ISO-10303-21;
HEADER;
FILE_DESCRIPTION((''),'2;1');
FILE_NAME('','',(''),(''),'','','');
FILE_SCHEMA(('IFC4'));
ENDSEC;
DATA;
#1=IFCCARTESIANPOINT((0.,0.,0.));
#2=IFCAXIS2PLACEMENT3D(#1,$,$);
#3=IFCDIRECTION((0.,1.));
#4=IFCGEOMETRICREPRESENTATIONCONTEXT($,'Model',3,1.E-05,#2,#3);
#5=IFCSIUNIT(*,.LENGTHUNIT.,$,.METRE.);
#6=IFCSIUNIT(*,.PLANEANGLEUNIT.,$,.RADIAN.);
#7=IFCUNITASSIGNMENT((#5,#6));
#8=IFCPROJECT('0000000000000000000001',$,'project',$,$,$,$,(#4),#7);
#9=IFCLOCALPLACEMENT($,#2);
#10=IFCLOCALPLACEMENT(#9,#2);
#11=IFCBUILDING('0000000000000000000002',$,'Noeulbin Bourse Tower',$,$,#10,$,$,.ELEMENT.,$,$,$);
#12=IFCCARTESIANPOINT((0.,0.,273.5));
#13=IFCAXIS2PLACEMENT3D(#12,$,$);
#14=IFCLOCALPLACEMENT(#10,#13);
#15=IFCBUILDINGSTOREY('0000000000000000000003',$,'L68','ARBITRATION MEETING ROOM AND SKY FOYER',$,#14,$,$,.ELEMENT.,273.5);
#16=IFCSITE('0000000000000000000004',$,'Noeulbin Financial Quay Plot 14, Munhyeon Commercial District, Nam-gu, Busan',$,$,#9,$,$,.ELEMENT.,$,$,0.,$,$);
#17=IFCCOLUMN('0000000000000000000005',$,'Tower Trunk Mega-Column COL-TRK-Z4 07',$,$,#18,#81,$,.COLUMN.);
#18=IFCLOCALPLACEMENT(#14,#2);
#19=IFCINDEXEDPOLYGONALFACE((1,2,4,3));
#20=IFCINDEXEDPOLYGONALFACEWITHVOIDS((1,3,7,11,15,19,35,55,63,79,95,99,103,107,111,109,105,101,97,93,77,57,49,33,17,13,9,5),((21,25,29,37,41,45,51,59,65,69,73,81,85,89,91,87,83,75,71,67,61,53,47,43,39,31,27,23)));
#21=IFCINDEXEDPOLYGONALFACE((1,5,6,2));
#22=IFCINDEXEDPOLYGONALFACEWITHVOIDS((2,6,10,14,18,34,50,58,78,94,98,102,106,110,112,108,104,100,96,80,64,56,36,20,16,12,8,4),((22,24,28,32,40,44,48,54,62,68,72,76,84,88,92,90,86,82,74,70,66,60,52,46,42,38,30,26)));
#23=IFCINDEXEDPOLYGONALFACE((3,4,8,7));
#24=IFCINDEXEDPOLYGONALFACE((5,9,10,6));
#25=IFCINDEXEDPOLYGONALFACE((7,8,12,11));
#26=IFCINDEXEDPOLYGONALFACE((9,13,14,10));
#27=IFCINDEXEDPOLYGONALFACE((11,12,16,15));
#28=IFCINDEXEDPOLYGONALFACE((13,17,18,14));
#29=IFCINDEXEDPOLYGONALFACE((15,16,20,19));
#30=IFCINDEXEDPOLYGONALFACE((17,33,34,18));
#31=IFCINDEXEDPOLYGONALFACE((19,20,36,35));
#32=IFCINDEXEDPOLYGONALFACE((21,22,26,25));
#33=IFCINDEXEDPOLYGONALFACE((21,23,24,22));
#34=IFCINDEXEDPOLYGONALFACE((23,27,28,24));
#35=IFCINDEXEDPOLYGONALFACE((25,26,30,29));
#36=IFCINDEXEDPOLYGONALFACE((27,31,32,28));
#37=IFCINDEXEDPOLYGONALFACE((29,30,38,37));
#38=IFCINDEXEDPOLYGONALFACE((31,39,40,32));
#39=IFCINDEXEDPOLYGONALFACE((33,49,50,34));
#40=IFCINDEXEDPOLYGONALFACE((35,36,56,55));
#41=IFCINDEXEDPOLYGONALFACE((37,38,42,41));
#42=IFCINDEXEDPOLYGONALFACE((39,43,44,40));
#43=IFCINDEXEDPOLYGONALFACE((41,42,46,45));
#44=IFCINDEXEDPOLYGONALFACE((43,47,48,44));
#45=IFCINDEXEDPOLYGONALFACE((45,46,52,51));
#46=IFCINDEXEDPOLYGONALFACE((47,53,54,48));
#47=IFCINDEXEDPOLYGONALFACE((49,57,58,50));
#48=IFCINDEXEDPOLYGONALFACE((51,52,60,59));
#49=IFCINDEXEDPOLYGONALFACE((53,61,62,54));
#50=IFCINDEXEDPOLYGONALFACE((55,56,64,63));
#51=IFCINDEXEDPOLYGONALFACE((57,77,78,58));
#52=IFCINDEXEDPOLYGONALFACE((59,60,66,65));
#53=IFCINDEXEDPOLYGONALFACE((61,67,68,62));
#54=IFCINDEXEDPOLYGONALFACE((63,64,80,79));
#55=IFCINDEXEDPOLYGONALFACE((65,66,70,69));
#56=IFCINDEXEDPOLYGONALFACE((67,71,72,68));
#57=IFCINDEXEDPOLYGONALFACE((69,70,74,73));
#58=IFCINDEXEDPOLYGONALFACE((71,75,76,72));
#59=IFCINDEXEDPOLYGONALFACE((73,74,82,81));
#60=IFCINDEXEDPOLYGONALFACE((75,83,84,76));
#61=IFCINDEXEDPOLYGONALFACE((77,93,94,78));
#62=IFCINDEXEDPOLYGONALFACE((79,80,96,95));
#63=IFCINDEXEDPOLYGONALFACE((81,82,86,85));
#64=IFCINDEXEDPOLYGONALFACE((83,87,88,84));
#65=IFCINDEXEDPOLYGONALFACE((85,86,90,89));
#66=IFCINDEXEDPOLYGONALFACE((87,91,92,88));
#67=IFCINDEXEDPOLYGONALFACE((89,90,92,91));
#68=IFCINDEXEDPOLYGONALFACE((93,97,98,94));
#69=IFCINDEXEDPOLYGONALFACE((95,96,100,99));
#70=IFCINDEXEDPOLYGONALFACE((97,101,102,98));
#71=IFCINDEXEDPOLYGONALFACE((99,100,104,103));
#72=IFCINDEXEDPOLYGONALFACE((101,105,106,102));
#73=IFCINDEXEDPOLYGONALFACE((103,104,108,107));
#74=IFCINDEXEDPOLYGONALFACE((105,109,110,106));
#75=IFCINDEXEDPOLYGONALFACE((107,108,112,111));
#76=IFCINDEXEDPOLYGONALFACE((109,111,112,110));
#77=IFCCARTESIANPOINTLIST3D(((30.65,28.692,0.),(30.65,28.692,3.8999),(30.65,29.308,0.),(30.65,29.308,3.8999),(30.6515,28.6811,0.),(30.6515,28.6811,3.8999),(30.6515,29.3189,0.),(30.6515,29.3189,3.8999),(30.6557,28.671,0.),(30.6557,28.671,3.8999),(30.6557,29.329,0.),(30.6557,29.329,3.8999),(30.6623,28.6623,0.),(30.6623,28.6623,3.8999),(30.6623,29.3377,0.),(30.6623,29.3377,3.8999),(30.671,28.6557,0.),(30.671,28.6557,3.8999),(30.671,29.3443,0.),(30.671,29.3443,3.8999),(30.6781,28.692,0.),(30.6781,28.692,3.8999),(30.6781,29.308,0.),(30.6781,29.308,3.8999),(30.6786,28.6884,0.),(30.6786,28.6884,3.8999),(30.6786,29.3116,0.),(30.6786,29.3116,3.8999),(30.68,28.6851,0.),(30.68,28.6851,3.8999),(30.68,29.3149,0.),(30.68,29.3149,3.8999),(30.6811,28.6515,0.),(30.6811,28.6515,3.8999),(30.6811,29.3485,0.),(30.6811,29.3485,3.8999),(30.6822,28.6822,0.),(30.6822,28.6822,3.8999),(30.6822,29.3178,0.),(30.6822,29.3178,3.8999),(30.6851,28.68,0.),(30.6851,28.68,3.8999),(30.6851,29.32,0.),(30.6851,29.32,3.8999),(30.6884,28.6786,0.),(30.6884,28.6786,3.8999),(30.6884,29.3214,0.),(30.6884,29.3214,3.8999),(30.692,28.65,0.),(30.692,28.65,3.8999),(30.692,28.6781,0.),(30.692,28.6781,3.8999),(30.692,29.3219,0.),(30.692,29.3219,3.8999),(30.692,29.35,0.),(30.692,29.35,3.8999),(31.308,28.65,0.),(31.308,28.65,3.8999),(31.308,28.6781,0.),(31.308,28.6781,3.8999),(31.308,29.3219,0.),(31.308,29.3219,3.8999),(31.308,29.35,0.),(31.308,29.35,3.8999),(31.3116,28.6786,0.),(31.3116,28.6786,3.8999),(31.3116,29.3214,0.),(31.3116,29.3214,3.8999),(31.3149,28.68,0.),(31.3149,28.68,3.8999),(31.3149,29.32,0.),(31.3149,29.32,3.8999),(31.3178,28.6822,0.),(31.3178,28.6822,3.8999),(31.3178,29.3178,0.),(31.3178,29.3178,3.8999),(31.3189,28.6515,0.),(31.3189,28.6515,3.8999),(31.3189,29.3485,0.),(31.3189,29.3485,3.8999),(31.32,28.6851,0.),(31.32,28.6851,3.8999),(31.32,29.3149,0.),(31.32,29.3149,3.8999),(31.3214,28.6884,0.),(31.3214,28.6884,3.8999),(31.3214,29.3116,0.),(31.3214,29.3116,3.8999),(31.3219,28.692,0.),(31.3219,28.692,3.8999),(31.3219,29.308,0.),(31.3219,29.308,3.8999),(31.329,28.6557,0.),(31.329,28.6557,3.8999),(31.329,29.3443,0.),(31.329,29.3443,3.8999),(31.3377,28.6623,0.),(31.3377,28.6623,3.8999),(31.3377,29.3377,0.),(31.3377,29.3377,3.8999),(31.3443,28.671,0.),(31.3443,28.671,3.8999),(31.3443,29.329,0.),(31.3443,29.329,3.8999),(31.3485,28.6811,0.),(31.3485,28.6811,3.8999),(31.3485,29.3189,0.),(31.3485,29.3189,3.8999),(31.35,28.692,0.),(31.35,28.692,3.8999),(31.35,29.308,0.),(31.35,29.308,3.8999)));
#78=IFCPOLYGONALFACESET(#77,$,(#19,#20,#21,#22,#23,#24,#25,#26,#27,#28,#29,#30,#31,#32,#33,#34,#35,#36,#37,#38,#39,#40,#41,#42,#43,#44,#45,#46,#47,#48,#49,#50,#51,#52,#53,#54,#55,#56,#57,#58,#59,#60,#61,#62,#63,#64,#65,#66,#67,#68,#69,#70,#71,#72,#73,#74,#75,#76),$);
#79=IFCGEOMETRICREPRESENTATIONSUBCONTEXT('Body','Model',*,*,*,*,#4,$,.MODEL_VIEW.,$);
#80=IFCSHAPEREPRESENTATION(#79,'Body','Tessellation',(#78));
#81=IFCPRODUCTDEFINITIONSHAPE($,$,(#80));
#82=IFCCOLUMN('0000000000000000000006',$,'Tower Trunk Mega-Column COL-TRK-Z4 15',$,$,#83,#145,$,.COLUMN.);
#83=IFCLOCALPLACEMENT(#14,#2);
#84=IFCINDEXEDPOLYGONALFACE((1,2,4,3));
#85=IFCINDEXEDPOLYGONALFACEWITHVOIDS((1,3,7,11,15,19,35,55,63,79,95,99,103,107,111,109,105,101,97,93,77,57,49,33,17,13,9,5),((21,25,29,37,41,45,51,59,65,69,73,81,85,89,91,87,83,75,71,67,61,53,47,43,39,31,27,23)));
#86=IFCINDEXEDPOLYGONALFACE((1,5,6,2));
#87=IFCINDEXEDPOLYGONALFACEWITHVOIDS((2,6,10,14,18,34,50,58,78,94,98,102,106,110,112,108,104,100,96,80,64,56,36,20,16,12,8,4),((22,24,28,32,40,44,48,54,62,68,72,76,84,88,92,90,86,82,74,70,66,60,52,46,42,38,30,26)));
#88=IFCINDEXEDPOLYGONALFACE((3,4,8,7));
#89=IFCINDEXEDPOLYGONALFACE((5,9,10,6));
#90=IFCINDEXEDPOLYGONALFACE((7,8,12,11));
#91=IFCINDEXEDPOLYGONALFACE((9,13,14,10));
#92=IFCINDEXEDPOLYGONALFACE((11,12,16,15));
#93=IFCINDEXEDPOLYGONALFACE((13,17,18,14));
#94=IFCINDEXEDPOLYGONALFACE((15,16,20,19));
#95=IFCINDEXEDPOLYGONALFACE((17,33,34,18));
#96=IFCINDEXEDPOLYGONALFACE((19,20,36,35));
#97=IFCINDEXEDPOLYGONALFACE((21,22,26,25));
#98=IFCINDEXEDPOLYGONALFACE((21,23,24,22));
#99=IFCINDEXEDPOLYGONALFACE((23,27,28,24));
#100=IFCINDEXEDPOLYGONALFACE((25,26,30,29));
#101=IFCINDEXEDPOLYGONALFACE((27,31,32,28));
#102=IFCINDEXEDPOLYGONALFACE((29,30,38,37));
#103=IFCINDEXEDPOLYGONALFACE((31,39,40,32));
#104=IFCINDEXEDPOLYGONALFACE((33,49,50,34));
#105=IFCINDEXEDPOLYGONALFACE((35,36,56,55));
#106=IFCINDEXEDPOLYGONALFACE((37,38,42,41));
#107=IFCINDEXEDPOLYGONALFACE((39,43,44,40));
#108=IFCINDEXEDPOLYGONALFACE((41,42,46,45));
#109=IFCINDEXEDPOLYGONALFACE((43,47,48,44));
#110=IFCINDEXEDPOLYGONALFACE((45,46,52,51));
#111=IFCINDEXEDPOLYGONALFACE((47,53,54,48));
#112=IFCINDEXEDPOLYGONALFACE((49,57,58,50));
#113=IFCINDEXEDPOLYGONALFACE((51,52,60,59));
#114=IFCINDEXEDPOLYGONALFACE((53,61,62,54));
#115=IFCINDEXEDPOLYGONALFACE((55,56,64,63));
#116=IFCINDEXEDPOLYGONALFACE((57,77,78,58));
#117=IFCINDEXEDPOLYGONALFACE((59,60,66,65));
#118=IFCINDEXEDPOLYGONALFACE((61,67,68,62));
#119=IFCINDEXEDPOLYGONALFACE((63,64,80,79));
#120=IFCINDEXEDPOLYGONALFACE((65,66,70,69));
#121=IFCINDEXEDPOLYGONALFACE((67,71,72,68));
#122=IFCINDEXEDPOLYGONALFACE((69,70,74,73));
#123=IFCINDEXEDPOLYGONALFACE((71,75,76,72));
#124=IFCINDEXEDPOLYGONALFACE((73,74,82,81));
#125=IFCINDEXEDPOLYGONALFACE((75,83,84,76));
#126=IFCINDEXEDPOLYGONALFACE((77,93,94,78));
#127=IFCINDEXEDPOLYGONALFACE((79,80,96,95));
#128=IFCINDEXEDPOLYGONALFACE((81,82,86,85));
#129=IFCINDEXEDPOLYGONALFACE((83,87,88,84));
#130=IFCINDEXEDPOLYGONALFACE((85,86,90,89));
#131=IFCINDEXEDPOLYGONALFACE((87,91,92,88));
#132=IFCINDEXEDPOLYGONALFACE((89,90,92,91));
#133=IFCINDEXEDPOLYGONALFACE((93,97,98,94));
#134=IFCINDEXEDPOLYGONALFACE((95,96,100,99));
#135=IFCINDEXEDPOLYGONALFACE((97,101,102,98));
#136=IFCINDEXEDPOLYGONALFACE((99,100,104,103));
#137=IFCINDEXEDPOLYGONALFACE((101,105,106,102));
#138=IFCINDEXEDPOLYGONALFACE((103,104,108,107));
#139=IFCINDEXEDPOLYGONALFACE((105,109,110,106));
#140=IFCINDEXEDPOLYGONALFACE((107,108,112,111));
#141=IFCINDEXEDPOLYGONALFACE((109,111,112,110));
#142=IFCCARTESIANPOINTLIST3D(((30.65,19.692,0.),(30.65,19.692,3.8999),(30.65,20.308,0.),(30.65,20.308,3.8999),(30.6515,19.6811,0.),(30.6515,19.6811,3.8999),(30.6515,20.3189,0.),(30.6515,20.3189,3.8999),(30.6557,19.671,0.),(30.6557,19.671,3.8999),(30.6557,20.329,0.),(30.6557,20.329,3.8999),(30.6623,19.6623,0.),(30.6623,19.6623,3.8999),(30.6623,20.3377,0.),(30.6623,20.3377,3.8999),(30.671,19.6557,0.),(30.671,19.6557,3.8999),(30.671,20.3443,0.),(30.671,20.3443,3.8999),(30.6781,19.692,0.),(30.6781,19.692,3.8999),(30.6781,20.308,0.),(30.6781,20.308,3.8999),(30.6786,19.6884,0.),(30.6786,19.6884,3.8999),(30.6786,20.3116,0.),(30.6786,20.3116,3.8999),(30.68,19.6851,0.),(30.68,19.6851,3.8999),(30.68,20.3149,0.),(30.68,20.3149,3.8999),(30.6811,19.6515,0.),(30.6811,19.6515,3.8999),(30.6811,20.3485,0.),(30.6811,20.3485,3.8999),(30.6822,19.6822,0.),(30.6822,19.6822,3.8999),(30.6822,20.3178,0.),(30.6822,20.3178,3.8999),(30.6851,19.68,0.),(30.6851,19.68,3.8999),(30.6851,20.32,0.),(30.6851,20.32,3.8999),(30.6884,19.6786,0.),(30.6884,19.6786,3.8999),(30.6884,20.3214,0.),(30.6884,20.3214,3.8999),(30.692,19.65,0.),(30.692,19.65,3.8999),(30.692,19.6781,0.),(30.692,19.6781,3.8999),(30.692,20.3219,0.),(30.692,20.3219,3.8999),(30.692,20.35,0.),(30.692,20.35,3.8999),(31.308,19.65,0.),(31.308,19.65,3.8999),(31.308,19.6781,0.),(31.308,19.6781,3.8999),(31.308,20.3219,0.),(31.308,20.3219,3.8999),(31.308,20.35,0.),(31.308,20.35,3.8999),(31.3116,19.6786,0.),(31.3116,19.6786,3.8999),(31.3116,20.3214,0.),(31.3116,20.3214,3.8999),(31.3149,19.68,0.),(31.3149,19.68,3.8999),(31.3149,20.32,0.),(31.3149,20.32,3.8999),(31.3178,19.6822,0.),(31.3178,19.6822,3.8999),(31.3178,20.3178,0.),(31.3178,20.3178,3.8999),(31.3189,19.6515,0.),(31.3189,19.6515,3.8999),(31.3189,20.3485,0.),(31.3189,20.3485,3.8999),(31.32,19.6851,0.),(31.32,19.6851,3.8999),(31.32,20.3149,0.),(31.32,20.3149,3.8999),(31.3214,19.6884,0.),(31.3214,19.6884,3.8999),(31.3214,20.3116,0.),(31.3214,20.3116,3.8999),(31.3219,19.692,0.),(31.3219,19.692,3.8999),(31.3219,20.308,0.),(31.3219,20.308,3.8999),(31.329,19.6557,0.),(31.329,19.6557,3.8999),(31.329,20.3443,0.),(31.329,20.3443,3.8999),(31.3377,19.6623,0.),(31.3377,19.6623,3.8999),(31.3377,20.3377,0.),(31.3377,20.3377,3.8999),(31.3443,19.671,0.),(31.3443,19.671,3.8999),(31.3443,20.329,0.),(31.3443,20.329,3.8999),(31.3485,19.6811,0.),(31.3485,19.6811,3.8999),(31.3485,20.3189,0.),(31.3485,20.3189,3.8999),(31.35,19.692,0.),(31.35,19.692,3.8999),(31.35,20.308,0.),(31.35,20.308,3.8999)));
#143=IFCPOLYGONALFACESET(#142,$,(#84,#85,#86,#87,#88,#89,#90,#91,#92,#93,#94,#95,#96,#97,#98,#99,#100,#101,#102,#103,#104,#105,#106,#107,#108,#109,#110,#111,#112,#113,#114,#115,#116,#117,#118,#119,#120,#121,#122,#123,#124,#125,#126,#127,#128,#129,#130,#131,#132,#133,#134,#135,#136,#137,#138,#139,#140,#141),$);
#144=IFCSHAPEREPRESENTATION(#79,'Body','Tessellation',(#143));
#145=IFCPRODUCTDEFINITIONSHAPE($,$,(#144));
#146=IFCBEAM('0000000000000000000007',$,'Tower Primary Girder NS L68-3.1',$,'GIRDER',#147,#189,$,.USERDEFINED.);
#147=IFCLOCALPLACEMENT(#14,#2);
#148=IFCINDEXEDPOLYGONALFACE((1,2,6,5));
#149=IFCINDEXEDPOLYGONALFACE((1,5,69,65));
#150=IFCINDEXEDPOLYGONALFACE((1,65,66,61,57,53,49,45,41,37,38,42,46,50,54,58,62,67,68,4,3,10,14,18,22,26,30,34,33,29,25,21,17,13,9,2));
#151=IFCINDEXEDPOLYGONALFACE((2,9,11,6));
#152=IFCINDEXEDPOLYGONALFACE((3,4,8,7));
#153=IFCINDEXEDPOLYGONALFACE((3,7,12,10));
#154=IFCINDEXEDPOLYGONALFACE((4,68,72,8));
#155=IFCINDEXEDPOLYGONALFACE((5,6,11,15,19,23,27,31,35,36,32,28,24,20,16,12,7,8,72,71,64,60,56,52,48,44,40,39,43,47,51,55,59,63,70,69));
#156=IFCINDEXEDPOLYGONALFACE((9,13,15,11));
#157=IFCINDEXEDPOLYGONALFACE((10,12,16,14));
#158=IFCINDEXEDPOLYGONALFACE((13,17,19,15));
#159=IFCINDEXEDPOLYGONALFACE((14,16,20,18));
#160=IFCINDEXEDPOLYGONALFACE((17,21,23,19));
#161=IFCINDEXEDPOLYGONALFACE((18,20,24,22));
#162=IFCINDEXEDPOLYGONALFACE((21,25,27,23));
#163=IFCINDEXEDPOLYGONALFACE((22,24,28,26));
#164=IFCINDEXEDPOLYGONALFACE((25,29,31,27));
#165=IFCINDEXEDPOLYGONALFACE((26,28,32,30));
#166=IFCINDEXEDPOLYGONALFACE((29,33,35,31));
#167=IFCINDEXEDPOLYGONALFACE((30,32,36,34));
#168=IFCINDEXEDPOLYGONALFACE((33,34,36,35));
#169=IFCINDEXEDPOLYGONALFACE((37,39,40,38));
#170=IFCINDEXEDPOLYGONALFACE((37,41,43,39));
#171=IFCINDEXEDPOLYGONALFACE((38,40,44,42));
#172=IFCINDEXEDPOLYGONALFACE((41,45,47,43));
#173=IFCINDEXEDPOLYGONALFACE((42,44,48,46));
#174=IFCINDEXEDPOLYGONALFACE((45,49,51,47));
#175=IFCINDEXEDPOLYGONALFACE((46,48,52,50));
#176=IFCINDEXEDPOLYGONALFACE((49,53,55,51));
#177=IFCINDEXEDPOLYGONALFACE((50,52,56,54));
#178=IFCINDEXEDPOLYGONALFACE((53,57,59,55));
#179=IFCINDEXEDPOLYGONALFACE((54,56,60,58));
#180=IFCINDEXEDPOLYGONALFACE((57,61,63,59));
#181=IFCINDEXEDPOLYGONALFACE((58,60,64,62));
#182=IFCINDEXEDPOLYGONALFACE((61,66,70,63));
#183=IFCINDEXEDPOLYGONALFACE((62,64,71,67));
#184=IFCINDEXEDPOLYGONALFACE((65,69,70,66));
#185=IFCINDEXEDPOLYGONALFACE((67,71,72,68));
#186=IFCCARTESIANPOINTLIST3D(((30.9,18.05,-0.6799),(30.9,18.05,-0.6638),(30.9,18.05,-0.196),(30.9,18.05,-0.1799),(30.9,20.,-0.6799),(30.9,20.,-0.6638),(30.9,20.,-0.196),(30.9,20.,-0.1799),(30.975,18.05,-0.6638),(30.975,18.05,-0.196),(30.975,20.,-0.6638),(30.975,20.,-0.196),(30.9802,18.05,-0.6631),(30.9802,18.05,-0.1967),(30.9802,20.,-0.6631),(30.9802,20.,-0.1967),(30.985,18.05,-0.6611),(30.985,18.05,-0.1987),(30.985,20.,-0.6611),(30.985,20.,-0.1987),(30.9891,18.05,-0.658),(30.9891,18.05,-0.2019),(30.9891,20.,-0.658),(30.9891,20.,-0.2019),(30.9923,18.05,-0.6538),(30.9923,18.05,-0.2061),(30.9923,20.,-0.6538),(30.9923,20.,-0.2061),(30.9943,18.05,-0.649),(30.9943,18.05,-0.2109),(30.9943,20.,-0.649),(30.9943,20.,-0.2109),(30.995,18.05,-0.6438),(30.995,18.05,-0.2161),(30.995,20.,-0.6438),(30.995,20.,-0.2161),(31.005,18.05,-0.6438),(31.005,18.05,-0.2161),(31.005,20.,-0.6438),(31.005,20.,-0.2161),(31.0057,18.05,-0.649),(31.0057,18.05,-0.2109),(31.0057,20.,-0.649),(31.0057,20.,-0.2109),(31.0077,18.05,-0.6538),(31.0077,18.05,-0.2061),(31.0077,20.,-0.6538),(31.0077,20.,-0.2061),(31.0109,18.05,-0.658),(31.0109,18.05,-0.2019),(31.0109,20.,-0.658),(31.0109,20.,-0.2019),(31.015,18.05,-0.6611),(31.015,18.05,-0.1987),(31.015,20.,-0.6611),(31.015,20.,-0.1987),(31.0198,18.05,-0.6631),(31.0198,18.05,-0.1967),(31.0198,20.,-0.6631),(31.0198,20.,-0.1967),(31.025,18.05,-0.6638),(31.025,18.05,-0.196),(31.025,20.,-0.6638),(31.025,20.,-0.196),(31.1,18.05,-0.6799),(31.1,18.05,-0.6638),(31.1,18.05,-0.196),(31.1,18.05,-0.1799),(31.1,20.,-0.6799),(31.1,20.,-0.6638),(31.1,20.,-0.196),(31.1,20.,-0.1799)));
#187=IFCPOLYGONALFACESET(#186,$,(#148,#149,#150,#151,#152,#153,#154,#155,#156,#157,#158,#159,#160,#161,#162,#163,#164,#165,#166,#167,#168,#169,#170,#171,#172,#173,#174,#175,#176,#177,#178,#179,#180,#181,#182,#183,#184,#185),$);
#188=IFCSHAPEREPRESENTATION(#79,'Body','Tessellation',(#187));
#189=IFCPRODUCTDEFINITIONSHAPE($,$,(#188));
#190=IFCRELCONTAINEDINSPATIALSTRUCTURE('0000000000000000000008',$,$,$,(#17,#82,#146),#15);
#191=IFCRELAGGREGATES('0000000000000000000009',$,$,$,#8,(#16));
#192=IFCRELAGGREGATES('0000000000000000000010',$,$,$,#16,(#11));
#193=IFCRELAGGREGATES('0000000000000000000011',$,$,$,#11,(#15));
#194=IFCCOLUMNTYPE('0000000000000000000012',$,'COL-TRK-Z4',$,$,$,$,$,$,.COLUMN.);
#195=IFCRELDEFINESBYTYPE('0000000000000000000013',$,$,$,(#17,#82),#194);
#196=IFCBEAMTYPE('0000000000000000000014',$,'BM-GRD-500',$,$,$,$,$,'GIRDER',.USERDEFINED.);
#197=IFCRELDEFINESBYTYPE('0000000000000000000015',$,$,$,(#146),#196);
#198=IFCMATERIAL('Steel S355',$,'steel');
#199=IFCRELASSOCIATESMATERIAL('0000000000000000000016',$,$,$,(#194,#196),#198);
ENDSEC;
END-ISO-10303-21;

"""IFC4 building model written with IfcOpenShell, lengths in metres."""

from ifc_helpers import new_model, si_unit, direction, frame, origin, origin_2d, place, context, subcontext, project, spatial, hollow_rectangle, i_section, extrude, material, material_profile, profile_set, type_object, element, save


model = new_model("IFC4")

# Units and contexts
model_context = context("Model", 3, precision=1e-05, world=origin(), true_north=direction((0.0, 1.0)))
body_context = subcontext(model_context, "Body", "Model", "MODEL_VIEW")
ifc_project = project(units=[si_unit("LENGTHUNIT", "METRE"), si_unit("PLANEANGLEUNIT", "RADIAN")], contexts=[model_context])

# Site, building, storey
site_placement = place(None, origin())
site = spatial("IfcSite", under=ifc_project, at=site_placement, Name="Noeulbin Financial Quay Plot 14, Munhyeon Commercial District, Nam-gu, Busan", CompositionType="ELEMENT", RefElevation=0.0)
building_placement = place(site_placement, origin())
building = spatial("IfcBuilding", under=site, at=building_placement, Name="Noeulbin Bourse Tower", CompositionType="ELEMENT")
storey_placement = place(building_placement, frame((0.0, 0.0, 273.5)))
storey = spatial("IfcBuildingStorey", under=building, at=storey_placement, Name="L68", Description="ARBITRATION MEETING ROOM AND SKY FOYER", CompositionType="ELEMENT", Elevation=273.5)

# Columns
ifc_material_1 = material(Name="Steel S355", Category="steel")
ifc_material_profile_1 = material_profile(ifc_material_1, hollow_rectangle(XDim=0.7, YDim=0.7, WallThickness=0.0281, InnerFilletRadius=0.0139, OuterFilletRadius=0.042, at=origin_2d()), Name="BOX-700x700x28", Category="LoadBearing")
ifc_profile_set_1 = profile_set([ifc_material_profile_1], Name="Steel S355")
column_type = type_object("IfcColumnType", Name="COL-TRK-Z4", PredefinedType="COLUMN", material=ifc_profile_set_1)
for number, where, z_axis, x_axis, name in (
    (1, (31.0, 29.0, 0.0), (0.0, 0.0, 1.0), (1.0, 0.0, 0.0), "Tower Trunk Mega-Column COL-TRK-Z4 07"),
    (2, (31.0, 20.0, 0.0), (0.0, 0.0, 1.0), (1.0, 0.0, 0.0), "Tower Trunk Mega-Column COL-TRK-Z4 15"),
):
    element("IfcColumn", number, at=place(storey_placement, frame(where, z_axis=z_axis, x_axis=x_axis)), inside=storey, type_object=column_type, Name=name, PredefinedType="COLUMN", context=body_context, shape_type="SweptSolid", body=[
        extrude(hollow_rectangle(XDim=0.7, YDim=0.7, WallThickness=0.0281, InnerFilletRadius=0.0139, OuterFilletRadius=0.042, at=origin_2d()), origin(), (0.0, 0.0, 1.0), 3.8999),
    ])

# Beam
ifc_material_profile_2 = material_profile(ifc_material_1, i_section(OverallWidth=0.2, OverallDepth=0.5, WebThickness=0.01, FlangeThickness=0.0161, FilletRadius=0.02, at=origin_2d()), Name="H-500x200x10x16", Category="LoadBearing")
ifc_profile_set_2 = profile_set([ifc_material_profile_2], Name="Steel S355")
beam_type_1 = type_object("IfcBeamType", Name="BM-GRD-500", ElementType="GIRDER", PredefinedType="USERDEFINED", material=ifc_profile_set_2)
beam_1_placement = place(storey_placement, frame((31.0, 18.05, -0.4299), z_axis=(0.0, 1.0, 0.0), x_axis=(-1.0, 0.0, 0.0)))
element("IfcBeam", 3, at=beam_1_placement, inside=storey, type_object=beam_type_1, Name="Tower Primary Girder NS L68-3.1", ObjectType="GIRDER", PredefinedType="USERDEFINED", context=body_context, shape_type="SweptSolid", body=[
    extrude(i_section(OverallWidth=0.2, OverallDepth=0.5, WebThickness=0.01, FlangeThickness=0.0161, FilletRadius=0.02, at=origin_2d()), origin(), (0.0, 0.0, 1.0), 1.95),
])

save(model, "model.ifc")
